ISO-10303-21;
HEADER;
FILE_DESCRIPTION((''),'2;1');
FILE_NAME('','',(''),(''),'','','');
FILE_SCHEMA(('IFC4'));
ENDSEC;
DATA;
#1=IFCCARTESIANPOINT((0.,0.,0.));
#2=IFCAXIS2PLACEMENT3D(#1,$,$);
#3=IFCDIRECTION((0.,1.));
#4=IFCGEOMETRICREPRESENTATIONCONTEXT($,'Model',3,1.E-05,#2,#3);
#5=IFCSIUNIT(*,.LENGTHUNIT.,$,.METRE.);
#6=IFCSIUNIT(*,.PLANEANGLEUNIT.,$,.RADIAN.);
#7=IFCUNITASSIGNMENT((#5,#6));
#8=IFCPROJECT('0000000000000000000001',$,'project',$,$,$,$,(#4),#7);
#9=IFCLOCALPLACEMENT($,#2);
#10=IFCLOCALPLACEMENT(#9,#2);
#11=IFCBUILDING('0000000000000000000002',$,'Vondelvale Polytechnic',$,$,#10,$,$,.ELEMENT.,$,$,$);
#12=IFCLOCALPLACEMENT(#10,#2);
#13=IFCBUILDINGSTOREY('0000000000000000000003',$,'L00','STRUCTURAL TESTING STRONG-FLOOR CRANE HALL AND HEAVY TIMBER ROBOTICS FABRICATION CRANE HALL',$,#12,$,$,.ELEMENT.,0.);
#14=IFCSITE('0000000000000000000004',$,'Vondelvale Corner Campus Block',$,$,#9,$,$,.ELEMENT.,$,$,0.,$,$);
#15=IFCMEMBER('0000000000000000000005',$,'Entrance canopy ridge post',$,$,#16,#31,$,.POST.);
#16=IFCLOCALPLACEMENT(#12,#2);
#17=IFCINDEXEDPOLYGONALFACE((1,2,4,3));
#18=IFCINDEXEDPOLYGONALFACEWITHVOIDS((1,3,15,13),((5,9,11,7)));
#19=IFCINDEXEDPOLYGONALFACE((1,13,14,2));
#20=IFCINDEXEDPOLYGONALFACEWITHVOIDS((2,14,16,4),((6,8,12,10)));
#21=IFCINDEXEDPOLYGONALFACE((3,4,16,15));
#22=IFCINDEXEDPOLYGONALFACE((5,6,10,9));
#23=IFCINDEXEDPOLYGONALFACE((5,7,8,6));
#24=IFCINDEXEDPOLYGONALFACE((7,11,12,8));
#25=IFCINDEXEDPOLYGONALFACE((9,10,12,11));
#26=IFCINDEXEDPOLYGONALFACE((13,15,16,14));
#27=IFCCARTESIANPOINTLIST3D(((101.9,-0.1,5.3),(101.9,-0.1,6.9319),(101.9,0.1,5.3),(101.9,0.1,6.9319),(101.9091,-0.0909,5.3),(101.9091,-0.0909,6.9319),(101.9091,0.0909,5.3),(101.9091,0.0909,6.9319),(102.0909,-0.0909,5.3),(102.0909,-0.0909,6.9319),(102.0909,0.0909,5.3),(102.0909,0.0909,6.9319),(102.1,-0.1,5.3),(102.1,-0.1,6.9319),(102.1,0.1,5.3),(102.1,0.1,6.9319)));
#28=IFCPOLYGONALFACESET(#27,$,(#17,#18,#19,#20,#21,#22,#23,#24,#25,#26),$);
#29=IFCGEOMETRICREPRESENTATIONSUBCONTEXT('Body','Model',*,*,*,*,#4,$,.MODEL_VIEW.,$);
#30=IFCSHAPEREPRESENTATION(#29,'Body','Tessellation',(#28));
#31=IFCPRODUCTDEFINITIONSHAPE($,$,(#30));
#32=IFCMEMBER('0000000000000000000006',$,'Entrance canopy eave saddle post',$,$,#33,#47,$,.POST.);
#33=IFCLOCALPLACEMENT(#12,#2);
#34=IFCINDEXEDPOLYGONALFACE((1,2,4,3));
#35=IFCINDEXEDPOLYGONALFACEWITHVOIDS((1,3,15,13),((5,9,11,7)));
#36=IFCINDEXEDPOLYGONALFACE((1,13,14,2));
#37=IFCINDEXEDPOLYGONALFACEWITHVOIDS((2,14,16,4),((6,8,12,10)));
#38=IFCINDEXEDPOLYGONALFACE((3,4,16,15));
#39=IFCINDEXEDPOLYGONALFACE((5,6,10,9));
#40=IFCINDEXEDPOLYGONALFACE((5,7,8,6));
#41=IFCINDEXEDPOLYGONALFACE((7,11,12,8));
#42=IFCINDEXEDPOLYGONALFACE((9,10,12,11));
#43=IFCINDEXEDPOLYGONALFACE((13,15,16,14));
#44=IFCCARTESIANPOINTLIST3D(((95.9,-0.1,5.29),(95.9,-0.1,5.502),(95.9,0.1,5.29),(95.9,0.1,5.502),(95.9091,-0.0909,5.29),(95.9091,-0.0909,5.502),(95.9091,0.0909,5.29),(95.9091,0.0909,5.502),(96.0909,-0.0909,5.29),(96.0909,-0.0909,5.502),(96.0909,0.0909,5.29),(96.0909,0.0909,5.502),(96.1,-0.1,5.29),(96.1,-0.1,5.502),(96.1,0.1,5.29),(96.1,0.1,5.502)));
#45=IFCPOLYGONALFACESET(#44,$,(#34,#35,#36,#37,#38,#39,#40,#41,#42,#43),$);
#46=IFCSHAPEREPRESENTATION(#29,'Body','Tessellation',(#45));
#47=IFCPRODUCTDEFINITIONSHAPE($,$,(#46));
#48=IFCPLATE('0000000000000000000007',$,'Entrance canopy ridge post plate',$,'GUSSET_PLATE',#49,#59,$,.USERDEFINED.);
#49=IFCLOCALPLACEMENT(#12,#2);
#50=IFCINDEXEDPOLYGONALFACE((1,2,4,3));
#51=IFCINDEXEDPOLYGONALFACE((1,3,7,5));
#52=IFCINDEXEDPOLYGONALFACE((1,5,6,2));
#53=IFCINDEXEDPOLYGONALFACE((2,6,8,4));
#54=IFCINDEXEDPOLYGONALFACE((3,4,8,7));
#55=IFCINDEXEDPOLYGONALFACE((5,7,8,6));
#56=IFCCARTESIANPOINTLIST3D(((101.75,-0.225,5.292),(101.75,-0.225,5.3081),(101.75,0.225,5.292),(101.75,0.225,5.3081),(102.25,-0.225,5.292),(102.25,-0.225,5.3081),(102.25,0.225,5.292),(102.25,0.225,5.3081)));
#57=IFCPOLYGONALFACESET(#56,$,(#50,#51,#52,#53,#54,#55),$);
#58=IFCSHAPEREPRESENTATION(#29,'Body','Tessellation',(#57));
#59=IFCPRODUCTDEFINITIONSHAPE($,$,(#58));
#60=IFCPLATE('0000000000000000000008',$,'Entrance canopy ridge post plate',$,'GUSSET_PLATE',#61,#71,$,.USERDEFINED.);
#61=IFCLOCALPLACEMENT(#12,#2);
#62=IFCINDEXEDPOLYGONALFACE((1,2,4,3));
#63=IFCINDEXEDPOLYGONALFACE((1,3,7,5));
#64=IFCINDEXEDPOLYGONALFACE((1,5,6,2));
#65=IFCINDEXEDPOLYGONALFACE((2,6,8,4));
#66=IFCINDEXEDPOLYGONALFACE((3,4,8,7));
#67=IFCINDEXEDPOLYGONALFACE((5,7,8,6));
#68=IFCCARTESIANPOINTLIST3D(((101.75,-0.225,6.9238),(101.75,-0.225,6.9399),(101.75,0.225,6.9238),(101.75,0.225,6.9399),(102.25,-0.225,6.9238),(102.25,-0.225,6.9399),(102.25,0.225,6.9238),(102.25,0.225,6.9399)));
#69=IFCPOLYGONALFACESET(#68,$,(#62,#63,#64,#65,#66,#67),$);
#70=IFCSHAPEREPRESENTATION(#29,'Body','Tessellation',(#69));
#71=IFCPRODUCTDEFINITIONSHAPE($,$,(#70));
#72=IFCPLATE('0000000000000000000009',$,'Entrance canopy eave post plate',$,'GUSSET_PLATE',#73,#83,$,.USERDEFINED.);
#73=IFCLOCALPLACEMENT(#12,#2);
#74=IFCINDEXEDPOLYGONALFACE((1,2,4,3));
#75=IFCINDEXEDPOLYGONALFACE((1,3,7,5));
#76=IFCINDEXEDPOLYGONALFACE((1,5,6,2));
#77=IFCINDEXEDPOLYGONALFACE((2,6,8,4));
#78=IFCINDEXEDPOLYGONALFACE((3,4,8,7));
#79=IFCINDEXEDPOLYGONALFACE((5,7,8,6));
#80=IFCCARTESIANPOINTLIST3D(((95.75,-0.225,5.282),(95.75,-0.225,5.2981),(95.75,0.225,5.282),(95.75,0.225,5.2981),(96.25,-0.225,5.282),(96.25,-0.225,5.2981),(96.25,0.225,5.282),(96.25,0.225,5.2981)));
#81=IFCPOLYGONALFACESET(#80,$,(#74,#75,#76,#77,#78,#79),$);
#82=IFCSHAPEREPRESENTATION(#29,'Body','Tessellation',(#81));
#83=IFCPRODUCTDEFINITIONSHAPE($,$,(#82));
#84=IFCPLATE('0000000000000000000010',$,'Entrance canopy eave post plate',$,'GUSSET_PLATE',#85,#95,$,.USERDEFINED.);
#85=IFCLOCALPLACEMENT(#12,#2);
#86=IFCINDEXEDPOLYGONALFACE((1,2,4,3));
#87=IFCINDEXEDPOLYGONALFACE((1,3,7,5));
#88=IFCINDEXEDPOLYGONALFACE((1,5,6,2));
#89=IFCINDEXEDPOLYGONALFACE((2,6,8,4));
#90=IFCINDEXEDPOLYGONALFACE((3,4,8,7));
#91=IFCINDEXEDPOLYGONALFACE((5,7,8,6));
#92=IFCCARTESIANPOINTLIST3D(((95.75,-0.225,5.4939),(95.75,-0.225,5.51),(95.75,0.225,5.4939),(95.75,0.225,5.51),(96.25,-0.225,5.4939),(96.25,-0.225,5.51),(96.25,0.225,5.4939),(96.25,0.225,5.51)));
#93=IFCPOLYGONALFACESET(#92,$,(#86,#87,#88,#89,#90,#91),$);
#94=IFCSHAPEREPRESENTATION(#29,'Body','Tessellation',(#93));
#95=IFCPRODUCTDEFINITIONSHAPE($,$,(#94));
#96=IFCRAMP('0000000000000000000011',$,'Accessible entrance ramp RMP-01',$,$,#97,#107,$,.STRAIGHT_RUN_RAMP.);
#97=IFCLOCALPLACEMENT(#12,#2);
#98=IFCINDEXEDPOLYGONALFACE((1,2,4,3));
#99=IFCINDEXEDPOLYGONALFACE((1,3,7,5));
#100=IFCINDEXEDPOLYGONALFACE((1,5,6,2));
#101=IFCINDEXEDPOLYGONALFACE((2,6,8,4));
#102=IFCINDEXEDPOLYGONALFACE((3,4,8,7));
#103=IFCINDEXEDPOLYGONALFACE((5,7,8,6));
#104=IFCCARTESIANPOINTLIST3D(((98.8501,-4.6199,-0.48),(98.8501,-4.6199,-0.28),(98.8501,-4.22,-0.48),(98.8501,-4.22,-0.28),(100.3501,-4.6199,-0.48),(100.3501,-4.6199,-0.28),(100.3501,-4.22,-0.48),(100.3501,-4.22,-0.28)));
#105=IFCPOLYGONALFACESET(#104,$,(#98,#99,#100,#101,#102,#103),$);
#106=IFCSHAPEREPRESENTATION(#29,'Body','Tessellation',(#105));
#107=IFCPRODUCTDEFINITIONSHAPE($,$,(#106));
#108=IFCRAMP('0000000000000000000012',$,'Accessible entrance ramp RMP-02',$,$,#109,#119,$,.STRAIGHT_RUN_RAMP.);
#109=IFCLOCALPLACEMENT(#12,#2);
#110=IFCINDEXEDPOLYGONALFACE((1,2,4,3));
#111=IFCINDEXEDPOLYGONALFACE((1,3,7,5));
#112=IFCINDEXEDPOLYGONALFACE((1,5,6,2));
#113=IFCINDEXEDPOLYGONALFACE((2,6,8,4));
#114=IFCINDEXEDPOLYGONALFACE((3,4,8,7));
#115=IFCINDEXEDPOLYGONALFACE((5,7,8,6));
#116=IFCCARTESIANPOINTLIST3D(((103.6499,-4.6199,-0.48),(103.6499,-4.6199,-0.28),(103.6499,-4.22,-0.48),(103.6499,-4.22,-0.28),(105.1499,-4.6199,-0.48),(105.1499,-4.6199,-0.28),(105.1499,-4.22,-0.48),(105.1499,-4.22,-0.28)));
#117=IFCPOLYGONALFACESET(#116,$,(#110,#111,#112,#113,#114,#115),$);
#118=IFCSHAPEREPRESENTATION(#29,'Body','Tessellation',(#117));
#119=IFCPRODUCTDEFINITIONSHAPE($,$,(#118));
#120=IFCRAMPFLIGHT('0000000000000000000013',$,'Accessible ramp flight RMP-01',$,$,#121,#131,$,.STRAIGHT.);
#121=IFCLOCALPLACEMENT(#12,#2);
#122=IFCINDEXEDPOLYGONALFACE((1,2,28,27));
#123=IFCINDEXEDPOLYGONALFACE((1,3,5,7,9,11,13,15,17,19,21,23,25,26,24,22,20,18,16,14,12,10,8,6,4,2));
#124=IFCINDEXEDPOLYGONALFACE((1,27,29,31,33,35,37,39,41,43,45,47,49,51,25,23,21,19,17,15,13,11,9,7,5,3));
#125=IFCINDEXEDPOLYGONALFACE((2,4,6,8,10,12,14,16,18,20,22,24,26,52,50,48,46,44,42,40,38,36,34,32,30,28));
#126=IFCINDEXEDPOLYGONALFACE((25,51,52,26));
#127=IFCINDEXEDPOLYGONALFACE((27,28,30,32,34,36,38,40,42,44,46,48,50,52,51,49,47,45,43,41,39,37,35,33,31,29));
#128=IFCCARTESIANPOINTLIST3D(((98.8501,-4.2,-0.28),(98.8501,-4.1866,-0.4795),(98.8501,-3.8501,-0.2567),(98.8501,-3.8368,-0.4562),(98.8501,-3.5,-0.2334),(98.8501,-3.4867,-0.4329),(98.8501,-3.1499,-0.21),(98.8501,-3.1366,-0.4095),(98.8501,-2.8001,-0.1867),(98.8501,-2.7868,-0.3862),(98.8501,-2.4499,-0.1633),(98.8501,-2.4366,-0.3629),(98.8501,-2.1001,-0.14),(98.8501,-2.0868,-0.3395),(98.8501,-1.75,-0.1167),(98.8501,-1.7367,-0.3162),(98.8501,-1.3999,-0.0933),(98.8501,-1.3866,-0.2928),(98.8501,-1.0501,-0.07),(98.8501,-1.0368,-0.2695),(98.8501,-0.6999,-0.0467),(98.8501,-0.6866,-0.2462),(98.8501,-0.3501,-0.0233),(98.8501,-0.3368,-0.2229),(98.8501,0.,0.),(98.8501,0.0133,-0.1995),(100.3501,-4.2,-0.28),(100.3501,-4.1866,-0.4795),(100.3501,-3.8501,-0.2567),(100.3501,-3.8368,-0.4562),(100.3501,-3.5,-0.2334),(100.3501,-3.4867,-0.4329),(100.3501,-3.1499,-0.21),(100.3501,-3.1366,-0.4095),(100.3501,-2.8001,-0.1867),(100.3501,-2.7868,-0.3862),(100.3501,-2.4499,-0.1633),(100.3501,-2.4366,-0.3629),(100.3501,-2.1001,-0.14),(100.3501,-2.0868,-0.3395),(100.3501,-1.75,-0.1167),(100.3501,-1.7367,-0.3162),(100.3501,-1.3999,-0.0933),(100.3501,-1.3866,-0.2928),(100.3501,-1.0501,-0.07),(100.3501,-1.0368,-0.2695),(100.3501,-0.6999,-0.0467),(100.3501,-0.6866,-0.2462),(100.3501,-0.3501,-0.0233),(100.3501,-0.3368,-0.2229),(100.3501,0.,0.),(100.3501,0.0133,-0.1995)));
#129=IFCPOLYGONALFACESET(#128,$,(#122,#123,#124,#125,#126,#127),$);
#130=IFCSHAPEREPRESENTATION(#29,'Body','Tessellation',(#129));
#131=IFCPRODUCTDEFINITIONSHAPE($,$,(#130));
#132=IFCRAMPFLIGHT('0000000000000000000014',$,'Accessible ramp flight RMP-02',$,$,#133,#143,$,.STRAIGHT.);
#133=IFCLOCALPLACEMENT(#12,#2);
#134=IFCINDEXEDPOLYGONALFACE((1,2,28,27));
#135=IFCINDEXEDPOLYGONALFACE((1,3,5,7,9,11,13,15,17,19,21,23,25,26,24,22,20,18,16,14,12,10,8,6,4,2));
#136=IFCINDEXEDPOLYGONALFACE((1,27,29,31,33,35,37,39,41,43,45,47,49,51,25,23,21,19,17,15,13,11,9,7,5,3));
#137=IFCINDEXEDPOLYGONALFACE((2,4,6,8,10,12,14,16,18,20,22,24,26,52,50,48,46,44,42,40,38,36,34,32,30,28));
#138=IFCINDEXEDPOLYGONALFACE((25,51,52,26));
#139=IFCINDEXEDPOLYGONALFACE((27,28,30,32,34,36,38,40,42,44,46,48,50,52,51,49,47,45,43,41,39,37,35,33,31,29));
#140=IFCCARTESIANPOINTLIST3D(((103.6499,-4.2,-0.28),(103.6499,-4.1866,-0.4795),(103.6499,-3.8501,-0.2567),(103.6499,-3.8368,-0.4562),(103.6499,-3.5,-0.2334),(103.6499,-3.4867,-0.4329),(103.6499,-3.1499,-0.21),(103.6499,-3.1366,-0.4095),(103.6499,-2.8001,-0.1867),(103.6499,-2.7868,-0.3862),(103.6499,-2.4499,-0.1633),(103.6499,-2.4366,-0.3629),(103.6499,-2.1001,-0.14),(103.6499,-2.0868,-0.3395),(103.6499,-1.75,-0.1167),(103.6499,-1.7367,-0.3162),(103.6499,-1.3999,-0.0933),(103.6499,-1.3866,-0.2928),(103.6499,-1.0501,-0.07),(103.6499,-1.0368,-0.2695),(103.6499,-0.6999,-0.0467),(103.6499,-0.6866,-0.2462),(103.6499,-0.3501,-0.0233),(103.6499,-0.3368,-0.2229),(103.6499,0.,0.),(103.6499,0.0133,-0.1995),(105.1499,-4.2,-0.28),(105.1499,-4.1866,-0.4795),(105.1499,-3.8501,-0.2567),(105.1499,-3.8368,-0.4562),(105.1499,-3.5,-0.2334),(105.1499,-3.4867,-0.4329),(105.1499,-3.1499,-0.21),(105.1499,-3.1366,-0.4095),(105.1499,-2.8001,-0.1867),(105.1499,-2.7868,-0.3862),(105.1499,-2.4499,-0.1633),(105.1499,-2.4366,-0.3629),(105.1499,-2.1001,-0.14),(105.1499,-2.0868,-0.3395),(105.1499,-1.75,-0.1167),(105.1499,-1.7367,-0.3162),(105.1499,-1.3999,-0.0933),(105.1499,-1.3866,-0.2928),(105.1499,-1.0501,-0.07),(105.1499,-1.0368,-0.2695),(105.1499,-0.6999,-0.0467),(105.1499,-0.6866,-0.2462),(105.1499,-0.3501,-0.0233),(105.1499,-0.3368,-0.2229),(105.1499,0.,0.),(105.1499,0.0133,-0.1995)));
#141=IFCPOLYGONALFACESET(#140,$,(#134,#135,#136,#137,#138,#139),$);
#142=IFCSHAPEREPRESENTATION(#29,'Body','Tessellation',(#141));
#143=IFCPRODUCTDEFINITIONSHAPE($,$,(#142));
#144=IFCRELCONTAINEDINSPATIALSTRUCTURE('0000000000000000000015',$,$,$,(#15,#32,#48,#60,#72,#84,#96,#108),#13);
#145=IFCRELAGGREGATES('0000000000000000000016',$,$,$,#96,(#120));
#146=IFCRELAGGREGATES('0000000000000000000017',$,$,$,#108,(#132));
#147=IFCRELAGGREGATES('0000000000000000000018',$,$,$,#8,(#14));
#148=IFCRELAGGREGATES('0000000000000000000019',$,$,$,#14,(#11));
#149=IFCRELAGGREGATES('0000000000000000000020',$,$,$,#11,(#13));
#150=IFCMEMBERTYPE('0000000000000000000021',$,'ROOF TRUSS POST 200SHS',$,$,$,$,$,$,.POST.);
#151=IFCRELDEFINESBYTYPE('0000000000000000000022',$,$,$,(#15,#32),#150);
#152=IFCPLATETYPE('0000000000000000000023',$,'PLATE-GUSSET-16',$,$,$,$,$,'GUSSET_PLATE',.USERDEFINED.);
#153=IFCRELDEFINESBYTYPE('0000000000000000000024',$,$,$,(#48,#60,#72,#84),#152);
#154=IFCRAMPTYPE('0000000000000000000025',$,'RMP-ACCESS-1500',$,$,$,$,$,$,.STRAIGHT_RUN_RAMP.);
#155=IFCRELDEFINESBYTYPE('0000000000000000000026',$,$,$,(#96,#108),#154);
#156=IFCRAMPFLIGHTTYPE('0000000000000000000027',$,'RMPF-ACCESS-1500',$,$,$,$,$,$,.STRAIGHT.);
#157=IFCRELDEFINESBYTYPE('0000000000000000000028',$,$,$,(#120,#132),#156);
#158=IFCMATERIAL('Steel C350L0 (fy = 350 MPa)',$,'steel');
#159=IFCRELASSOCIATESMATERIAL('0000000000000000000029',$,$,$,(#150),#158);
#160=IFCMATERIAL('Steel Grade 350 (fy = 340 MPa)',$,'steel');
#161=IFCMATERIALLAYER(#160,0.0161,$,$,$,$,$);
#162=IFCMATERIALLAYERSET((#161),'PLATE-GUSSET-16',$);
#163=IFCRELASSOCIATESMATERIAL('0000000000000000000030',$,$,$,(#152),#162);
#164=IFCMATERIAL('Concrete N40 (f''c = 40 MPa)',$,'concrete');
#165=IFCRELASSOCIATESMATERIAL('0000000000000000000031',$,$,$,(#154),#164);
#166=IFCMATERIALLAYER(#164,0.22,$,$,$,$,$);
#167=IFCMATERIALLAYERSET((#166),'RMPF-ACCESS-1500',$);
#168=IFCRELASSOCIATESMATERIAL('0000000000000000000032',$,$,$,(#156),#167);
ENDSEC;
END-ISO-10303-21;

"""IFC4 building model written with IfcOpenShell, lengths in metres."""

from ifc_helpers import new_model, si_unit, direction, frame, origin, origin_2d, place, context, subcontext, project, spatial, polyline, rectangle, hollow_rectangle, outline, extrude, material, layer, layer_set, material_profile, profile_set, type_object, element, aggregate, save


model = new_model("IFC4")

# Units and contexts
model_context = context("Model", 3, precision=1e-05, world=origin(), true_north=direction((0.0, 1.0)))
body_context = subcontext(model_context, "Body", "Model", "MODEL_VIEW")
ifc_project = project(units=[si_unit("LENGTHUNIT", "METRE"), si_unit("PLANEANGLEUNIT", "RADIAN")], contexts=[model_context])

# Site, building, storey
site_placement = place(None, origin())
site = spatial("IfcSite", under=ifc_project, at=site_placement, Name="Vondelvale Corner Campus Block", CompositionType="ELEMENT", RefElevation=0.0)
building_placement = place(site_placement, origin())
building = spatial("IfcBuilding", under=site, at=building_placement, Name="Vondelvale Polytechnic", CompositionType="ELEMENT")
storey_placement = place(building_placement, origin())
storey = spatial("IfcBuildingStorey", under=building, at=storey_placement, Name="L00", Description="STRUCTURAL TESTING STRONG-FLOOR CRANE HALL AND HEAVY TIMBER ROBOTICS FABRICATION CRANE HALL", CompositionType="ELEMENT", Elevation=0.0)

# Shared definitions
ifc_material_1 = material(Name="Concrete N40 (f'c = 40 MPa)", Category="concrete")

# Shared definitions
ifc_material_2 = material(Name="Steel C350L0 (fy = 350 MPa)", Category="steel")

# Members
ifc_material_profile_1 = material_profile(ifc_material_2, hollow_rectangle(XDim=0.2, YDim=0.2, WallThickness=0.009, at=origin_2d()), Name="200x200x9.0SHS")
ifc_profile_set_1 = profile_set([ifc_material_profile_1], Name="Steel C350L0 (fy = 350 MPa)")
member_type = type_object("IfcMemberType", Name="ROOF TRUSS POST 200SHS", PredefinedType="POST", material=ifc_profile_set_1)
member_1_placement = place(storey_placement, frame((102.0, 0.0, 5.3), z_axis=(0.0, 0.0, 1.0), x_axis=(1.0, 0.0, 0.0)))
element("IfcMember", 1, at=member_1_placement, inside=storey, type_object=member_type, Name="Entrance canopy ridge post", PredefinedType="POST", context=body_context, shape_type="SweptSolid", body=[
    extrude(hollow_rectangle(XDim=0.2, YDim=0.2, WallThickness=0.009, at=origin_2d()), origin(), (0.0, 0.0, 1.0), 1.6318),
])
member_2_placement = place(storey_placement, frame((96.0, 0.0, 5.29), z_axis=(0.0, 0.0, 1.0), x_axis=(1.0, 0.0, 0.0)))
element("IfcMember", 2, at=member_2_placement, inside=storey, type_object=member_type, Name="Entrance canopy eave saddle post", PredefinedType="POST", context=body_context, shape_type="SweptSolid", body=[
    extrude(hollow_rectangle(XDim=0.2, YDim=0.2, WallThickness=0.009, at=origin_2d()), origin(), (0.0, 0.0, 1.0), 0.2119),
])

# Plates
ifc_material_3 = material(Name="Steel Grade 350 (fy = 340 MPa)", Category="steel")
ifc_layer_1 = layer(ifc_material_3, 0.0161)
ifc_layer_set_1 = layer_set([ifc_layer_1], Name="PLATE-GUSSET-16")
plate_type = type_object("IfcPlateType", Name="PLATE-GUSSET-16", ElementType="GUSSET_PLATE", PredefinedType="USERDEFINED", material=ifc_layer_set_1)
for number, where, z_axis, x_axis, name in (
    (3, (102.0, 0.0, 5.292), (0.0, 0.0, 1.0), (1.0, 0.0, 0.0), "Entrance canopy ridge post plate"),
    (4, (102.0, 0.0, 6.9238), (0.0, 0.0, 1.0), (1.0, 0.0, 0.0), "Entrance canopy ridge post plate"),
    (5, (96.0, 0.0, 5.282), (0.0, 0.0, 1.0), (1.0, 0.0, 0.0), "Entrance canopy eave post plate"),
    (6, (96.0, 0.0, 5.4939), (0.0, 0.0, 1.0), (1.0, 0.0, 0.0), "Entrance canopy eave post plate"),
):
    element("IfcPlate", number, at=place(storey_placement, frame(where, z_axis=z_axis, x_axis=x_axis)), inside=storey, type_object=plate_type, Name=name, ObjectType="GUSSET_PLATE", PredefinedType="USERDEFINED", context=body_context, shape_type="SweptSolid", body=[
        extrude(rectangle(XDim=0.5, YDim=0.45, at=origin_2d()), origin(), (0.0, 0.0, 1.0), 0.0161),
    ])

# Ramps
ramp_type = type_object("IfcRampType", Name="RMP-ACCESS-1500", PredefinedType="STRAIGHT_RUN_RAMP", material=ifc_material_1)
ramp_1_placement = place(storey_placement, frame((99.6001, -4.4199, -0.48), z_axis=(0.0, 0.0, 1.0), x_axis=(1.0, 0.0, 0.0)))
ramp_1 = element("IfcRamp", 7, at=ramp_1_placement, inside=storey, type_object=ramp_type, Name="Accessible entrance ramp RMP-01", PredefinedType="STRAIGHT_RUN_RAMP", context=body_context, shape_type="SweptSolid", body=[
    extrude(rectangle(XDim=1.5, YDim=0.3999, at=origin_2d()), origin(), (0.0, 0.0, 1.0), 0.2),
])
ramp_2_placement = place(storey_placement, frame((104.3999, -4.4199, -0.48), z_axis=(0.0, 0.0, 1.0), x_axis=(1.0, 0.0, 0.0)))
ramp_2 = element("IfcRamp", 8, at=ramp_2_placement, inside=storey, type_object=ramp_type, Name="Accessible entrance ramp RMP-02", PredefinedType="STRAIGHT_RUN_RAMP", context=body_context, shape_type="SweptSolid", body=[
    extrude(rectangle(XDim=1.5, YDim=0.3999, at=origin_2d()), origin(), (0.0, 0.0, 1.0), 0.2),
])

# Ramp flights
ifc_layer_2 = layer(ifc_material_1, 0.22)
ifc_layer_set_2 = layer_set([ifc_layer_2], Name="RMPF-ACCESS-1500")
ramp_flight_type = type_object("IfcRampFlightType", Name="RMPF-ACCESS-1500", PredefinedType="STRAIGHT", material=ifc_layer_set_2)
ramp_flight_1_placement = place(storey_placement, frame((98.8501, -4.2, -0.28), z_axis=(0.0, -0.066527, 0.997785), x_axis=(0.0, 0.997785, 0.066527)))
ramp_flight_1 = element("IfcRampFlight", 9, at=ramp_flight_1_placement, type_object=ramp_flight_type, Name="Accessible ramp flight RMP-01", PredefinedType="STRAIGHT", context=body_context, shape_type="SweptSolid", body=[
    extrude(outline(polyline([(0.0, 0.0), (0.3506, 0.0), (0.7015, 0.0), (1.0524, 0.0), (1.403, 0.0), (1.7539, 0.0), (2.1045, 0.0), (2.4554, 0.0), (2.8063, 0.0), (3.1569, 0.0), (3.5078, 0.0), (3.8584, 0.0), (4.2093, 0.0), (4.2093, -1.5), (3.8584, -1.5), (3.5078, -1.5), (3.1569, -1.5), (2.8063, -1.5), (2.4554, -1.5), (2.1045, -1.5), (1.7539, -1.5), (1.403, -1.5), (1.0524, -1.5), (0.7015, -1.5), (0.3506, -1.5), (0.0, -1.5), (0.0, 0.0)])), origin(), (0.0, 0.0, -1.0), 0.2),
])
aggregate(ramp_1, [ramp_flight_1])
ramp_flight_2_placement = place(storey_placement, frame((103.6499, -4.2, -0.28), z_axis=(0.0, -0.066527, 0.997785), x_axis=(0.0, 0.997785, 0.066527)))
ramp_flight_2 = element("IfcRampFlight", 10, at=ramp_flight_2_placement, type_object=ramp_flight_type, Name="Accessible ramp flight RMP-02", PredefinedType="STRAIGHT", context=body_context, shape_type="SweptSolid", body=[
    extrude(outline(polyline([(0.0, 0.0), (0.3506, 0.0), (0.7015, 0.0), (1.0524, 0.0), (1.403, 0.0), (1.7539, 0.0), (2.1045, 0.0), (2.4554, 0.0), (2.8063, 0.0), (3.1569, 0.0), (3.5078, 0.0), (3.8584, 0.0), (4.2093, 0.0), (4.2093, -1.5), (3.8584, -1.5), (3.5078, -1.5), (3.1569, -1.5), (2.8063, -1.5), (2.4554, -1.5), (2.1045, -1.5), (1.7539, -1.5), (1.403, -1.5), (1.0524, -1.5), (0.7015, -1.5), (0.3506, -1.5), (0.0, -1.5), (0.0, 0.0)])), origin(), (0.0, 0.0, -1.0), 0.2),
])
aggregate(ramp_2, [ramp_flight_2])

save(model, "model.ifc")
